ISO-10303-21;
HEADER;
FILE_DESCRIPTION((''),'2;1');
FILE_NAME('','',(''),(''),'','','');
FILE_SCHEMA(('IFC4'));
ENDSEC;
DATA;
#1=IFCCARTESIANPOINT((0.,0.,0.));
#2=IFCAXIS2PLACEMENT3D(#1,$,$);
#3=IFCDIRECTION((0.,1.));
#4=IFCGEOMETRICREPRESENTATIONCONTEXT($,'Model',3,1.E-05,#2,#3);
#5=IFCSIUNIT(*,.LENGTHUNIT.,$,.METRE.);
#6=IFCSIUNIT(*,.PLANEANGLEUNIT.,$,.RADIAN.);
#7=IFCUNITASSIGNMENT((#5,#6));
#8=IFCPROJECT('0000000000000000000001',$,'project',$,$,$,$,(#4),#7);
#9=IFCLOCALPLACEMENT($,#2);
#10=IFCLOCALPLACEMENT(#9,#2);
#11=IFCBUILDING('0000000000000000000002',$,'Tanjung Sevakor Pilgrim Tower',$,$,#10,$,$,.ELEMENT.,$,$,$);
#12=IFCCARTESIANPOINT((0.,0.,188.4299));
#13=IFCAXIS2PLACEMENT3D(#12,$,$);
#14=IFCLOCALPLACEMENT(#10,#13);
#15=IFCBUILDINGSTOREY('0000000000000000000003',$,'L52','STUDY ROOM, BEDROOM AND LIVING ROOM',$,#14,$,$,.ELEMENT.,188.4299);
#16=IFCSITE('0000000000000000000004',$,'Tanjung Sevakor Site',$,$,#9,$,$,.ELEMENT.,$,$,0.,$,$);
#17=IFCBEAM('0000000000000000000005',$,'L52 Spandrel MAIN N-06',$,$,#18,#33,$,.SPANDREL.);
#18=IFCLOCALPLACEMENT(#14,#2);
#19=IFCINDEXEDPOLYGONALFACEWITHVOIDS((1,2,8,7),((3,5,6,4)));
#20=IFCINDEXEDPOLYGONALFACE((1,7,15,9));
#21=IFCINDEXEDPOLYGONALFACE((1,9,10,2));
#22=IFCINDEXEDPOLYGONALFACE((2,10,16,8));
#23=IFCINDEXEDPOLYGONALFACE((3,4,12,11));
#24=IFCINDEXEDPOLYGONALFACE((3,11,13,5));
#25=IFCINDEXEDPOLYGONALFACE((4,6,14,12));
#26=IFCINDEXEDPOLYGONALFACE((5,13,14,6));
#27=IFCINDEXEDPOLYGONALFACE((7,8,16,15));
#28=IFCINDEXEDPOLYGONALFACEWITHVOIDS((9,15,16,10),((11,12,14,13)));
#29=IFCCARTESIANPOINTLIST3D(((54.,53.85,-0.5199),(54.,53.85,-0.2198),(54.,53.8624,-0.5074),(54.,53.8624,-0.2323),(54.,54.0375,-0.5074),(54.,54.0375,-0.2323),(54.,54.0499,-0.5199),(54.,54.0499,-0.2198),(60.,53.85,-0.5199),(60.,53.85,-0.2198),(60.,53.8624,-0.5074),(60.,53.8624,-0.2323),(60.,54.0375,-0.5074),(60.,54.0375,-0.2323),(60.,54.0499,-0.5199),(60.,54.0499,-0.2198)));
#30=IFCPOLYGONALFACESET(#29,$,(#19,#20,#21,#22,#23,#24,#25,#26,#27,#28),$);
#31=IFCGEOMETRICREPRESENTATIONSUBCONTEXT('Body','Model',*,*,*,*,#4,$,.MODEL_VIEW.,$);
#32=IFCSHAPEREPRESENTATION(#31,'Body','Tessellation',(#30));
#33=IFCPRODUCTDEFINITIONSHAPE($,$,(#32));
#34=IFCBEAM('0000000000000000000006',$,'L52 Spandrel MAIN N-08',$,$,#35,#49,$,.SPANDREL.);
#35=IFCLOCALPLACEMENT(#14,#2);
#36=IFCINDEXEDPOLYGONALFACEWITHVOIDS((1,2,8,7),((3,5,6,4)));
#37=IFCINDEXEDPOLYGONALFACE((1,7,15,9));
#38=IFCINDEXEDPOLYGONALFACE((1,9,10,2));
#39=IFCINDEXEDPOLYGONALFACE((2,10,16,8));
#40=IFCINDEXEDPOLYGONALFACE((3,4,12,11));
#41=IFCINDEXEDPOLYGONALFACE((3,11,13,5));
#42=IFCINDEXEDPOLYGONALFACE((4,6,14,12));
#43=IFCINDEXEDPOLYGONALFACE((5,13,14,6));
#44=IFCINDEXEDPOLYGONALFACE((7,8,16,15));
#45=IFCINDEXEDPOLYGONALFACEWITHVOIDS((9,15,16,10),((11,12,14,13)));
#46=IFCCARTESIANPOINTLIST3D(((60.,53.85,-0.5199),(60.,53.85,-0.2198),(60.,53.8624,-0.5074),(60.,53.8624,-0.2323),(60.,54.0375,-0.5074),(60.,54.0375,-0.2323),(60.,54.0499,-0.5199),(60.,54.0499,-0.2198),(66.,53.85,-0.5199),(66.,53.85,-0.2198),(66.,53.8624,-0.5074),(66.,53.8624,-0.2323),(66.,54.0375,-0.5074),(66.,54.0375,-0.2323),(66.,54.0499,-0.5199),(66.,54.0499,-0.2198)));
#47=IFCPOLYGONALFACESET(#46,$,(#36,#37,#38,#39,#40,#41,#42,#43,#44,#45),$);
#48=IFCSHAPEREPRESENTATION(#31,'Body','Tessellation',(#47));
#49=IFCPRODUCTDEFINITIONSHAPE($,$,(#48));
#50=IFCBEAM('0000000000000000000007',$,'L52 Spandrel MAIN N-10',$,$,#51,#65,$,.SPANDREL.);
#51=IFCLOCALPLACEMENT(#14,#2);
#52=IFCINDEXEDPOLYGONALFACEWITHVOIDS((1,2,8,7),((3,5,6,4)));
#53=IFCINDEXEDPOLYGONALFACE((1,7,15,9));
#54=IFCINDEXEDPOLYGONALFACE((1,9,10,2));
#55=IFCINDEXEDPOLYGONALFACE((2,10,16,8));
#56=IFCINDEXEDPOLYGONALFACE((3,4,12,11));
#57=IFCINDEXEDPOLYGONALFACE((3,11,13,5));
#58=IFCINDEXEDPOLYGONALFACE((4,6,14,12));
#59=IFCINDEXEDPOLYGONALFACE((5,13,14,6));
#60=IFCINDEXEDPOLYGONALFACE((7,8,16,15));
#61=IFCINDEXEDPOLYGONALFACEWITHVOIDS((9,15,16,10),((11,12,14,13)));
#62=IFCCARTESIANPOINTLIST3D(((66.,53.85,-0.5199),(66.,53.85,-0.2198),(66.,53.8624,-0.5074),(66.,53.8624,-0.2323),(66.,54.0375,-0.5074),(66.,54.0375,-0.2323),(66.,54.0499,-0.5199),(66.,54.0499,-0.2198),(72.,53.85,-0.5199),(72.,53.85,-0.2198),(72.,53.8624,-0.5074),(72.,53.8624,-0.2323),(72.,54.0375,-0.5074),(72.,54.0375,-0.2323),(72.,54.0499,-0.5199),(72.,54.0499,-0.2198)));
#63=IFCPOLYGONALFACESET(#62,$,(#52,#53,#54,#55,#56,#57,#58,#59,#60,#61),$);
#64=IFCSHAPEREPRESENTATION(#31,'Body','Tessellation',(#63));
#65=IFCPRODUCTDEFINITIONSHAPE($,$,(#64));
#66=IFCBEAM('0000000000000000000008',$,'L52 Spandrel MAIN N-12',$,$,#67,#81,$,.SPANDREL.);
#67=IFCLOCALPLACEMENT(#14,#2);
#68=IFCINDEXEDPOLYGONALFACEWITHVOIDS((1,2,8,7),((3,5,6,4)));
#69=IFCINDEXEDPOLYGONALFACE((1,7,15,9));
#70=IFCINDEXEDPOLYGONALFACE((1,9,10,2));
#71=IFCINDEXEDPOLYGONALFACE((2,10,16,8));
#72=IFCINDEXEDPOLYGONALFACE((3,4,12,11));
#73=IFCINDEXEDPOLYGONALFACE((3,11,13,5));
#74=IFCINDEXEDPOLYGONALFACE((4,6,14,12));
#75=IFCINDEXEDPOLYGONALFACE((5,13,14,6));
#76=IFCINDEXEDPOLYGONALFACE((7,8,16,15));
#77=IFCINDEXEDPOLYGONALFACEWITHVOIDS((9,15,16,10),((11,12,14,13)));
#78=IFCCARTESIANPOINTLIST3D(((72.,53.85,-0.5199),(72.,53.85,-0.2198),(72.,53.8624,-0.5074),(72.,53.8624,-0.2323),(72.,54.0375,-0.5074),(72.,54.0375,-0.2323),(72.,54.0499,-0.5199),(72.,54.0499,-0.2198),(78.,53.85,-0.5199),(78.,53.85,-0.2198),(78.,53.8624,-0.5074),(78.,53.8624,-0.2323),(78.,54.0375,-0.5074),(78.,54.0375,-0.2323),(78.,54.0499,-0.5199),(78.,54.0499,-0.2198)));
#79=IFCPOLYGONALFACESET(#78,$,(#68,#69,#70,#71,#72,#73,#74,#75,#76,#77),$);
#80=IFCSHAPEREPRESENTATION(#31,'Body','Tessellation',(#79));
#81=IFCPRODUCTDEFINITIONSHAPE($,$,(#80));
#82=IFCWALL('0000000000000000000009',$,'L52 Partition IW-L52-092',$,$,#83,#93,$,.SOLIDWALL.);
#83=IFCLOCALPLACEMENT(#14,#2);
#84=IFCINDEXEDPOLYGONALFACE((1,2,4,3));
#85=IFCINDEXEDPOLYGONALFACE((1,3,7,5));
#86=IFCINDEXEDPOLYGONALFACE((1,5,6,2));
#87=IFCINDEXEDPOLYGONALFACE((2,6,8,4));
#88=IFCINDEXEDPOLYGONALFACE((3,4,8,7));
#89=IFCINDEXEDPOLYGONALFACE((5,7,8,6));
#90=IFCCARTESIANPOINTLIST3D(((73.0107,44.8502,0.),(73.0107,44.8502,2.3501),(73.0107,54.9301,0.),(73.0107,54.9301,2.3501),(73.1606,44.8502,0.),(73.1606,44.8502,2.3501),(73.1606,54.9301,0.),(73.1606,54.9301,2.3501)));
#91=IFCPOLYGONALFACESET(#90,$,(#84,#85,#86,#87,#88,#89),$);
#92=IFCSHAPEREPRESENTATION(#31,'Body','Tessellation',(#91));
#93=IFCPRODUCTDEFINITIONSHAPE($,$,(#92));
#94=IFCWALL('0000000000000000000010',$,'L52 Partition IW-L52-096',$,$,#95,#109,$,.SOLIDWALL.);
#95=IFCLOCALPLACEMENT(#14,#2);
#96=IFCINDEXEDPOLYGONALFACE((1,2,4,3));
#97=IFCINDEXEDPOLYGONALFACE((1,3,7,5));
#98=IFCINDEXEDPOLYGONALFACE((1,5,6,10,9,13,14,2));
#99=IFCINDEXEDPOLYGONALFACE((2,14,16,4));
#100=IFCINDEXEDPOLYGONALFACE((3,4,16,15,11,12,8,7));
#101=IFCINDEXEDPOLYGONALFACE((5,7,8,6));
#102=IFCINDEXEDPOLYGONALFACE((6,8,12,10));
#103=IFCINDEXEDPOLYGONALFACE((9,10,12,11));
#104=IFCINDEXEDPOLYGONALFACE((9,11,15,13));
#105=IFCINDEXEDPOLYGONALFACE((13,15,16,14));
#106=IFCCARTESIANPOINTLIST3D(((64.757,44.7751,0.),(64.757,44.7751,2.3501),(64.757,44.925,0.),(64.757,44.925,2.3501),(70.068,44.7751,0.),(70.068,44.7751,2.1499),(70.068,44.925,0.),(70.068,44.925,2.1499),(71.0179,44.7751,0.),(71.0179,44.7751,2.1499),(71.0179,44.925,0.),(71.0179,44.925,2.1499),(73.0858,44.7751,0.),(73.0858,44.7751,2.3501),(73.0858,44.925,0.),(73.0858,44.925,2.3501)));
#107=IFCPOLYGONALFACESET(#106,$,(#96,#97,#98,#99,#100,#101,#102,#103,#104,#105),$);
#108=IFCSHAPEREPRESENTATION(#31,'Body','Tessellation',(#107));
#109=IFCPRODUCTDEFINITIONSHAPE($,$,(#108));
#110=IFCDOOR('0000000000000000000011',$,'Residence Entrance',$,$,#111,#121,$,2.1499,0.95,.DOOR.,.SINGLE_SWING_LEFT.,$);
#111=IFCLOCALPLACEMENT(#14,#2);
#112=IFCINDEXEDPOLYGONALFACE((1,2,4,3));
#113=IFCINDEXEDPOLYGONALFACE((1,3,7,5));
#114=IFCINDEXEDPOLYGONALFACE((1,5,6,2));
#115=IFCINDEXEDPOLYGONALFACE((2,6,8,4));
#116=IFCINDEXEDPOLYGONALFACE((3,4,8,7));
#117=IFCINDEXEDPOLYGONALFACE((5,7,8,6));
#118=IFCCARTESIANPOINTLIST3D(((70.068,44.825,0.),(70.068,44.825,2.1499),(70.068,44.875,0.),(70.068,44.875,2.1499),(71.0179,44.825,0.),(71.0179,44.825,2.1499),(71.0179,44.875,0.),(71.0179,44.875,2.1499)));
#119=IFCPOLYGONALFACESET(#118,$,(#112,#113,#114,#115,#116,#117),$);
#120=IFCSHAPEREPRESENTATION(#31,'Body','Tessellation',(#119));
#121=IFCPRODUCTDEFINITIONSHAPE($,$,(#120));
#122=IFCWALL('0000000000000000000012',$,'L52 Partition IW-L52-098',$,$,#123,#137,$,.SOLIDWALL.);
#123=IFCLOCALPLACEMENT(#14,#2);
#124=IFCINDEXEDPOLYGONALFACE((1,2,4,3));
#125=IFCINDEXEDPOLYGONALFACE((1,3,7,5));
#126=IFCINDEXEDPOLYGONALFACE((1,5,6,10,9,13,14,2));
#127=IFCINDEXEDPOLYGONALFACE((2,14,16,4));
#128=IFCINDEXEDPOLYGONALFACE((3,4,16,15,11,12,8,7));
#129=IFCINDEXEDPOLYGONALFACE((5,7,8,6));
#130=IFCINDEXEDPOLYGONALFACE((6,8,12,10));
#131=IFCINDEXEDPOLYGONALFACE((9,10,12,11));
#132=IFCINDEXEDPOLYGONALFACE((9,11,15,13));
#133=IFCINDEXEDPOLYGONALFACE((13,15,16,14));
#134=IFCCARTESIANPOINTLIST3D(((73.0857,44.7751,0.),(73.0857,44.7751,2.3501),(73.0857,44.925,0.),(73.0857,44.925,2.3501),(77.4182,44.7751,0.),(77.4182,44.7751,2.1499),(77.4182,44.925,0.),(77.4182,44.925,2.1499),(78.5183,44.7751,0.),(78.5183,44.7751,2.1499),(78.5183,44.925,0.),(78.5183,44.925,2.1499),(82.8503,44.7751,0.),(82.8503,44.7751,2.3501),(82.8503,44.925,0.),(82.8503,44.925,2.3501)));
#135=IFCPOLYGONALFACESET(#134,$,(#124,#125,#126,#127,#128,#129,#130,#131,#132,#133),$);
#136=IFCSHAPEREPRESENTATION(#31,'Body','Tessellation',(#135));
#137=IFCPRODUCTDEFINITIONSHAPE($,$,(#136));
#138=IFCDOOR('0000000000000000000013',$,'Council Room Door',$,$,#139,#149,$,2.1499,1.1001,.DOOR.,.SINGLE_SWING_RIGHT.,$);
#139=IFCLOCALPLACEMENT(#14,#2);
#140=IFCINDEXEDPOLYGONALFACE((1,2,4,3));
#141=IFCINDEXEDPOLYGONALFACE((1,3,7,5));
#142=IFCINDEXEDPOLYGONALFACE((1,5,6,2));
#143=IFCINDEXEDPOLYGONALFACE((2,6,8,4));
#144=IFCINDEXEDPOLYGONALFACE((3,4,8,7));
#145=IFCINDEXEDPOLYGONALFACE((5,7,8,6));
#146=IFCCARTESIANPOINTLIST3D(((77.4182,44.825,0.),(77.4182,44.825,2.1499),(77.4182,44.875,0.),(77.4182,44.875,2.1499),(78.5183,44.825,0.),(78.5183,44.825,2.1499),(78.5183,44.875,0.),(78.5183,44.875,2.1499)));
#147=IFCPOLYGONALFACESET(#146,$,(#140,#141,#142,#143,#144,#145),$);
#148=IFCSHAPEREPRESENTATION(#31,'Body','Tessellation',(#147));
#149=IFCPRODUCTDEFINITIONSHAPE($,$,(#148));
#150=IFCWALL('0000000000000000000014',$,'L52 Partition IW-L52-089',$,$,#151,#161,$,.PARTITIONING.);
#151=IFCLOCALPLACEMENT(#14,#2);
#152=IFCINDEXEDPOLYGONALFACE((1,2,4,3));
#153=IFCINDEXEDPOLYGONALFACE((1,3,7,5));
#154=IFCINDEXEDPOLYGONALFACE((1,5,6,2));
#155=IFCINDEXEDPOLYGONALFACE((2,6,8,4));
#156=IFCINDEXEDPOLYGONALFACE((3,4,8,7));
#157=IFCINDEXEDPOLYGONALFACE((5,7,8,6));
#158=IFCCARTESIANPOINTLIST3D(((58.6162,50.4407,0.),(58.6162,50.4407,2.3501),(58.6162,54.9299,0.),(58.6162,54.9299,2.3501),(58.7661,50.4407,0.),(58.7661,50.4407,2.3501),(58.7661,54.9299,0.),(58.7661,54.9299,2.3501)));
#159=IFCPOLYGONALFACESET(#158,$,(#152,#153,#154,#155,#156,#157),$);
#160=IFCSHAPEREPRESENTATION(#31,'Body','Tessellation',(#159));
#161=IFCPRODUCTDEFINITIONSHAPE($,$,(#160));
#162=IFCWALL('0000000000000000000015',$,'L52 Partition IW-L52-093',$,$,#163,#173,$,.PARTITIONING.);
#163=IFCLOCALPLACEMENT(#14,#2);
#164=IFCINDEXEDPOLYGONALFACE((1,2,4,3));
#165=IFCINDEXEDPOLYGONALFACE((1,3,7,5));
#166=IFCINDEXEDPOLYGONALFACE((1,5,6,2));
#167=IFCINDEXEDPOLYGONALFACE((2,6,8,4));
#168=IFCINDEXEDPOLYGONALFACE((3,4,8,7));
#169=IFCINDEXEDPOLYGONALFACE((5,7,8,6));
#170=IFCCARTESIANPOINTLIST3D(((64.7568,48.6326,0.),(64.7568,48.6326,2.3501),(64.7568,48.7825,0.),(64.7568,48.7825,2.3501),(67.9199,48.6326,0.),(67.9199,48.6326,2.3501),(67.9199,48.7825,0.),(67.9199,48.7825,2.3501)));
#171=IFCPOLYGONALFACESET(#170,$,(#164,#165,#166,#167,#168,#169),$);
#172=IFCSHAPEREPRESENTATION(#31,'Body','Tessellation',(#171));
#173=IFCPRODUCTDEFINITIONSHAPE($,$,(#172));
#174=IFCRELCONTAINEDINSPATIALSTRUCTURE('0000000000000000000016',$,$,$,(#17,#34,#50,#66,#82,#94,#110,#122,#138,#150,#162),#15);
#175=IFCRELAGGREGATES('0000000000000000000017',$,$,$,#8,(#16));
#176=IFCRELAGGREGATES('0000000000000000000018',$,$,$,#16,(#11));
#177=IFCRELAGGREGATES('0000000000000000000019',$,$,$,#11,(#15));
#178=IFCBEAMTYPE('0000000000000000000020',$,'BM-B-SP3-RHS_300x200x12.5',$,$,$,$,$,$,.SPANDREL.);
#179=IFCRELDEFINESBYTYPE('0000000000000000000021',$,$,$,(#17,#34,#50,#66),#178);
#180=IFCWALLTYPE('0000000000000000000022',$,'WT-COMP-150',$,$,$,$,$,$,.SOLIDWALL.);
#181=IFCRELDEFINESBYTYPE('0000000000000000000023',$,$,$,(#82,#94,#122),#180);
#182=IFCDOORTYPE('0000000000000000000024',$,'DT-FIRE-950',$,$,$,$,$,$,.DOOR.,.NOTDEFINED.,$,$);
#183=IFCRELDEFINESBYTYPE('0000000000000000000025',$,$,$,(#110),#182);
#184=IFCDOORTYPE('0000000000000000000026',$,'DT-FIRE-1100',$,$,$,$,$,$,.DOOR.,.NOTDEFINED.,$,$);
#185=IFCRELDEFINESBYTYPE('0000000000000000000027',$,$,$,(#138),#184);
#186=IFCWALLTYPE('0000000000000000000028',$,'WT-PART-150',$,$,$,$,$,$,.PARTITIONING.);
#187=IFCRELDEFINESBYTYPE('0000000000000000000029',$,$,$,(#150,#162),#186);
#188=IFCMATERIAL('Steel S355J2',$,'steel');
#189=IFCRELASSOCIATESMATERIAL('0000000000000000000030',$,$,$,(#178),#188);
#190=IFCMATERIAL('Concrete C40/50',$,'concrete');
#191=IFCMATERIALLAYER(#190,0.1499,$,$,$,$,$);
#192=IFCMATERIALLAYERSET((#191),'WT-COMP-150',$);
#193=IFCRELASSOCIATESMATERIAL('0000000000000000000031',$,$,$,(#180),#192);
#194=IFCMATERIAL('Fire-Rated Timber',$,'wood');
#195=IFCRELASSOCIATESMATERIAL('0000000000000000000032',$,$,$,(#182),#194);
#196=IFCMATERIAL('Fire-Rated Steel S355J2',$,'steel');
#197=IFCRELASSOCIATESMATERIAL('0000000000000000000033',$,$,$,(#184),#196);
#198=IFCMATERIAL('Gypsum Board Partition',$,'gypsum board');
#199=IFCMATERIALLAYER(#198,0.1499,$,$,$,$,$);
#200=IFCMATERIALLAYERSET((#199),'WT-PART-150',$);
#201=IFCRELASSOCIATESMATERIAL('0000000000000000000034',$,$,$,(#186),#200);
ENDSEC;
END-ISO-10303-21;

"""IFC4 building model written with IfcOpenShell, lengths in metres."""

from ifc_helpers import new_model, si_unit, direction, frame, frame_2d, origin, origin_2d, place, context, subcontext, project, spatial, rectangle, hollow_rectangle, extrude, material, layer, layer_set, material_profile, profile_set, type_object, element, fill, save


model = new_model("IFC4")

# Units and contexts
model_context = context("Model", 3, precision=1e-05, world=origin(), true_north=direction((0.0, 1.0)))
body_context = subcontext(model_context, "Body", "Model", "MODEL_VIEW")
ifc_project = project(units=[si_unit("LENGTHUNIT", "METRE"), si_unit("PLANEANGLEUNIT", "RADIAN")], contexts=[model_context])

# Site, building, storey
site_placement = place(None, origin())
site = spatial("IfcSite", under=ifc_project, at=site_placement, Name="Tanjung Sevakor Site", CompositionType="ELEMENT", RefElevation=0.0)
building_placement = place(site_placement, origin())
building = spatial("IfcBuilding", under=site, at=building_placement, Name="Tanjung Sevakor Pilgrim Tower", CompositionType="ELEMENT")
storey_placement = place(building_placement, frame((0.0, 0.0, 188.4299)))
storey = spatial("IfcBuildingStorey", under=building, at=storey_placement, Name="L52", Description="STUDY ROOM, BEDROOM AND LIVING ROOM", CompositionType="ELEMENT", Elevation=188.4299)

# Beams
ifc_material_1 = material(Name="Steel S355J2", Category="steel")
ifc_material_profile_1 = material_profile(ifc_material_1, hollow_rectangle(XDim=0.2, YDim=0.3, WallThickness=0.0125, at=origin_2d()))
ifc_profile_set_1 = profile_set([ifc_material_profile_1], Name="Steel S355J2")
beam_type_1 = type_object("IfcBeamType", Name="BM-B-SP3-RHS_300x200x12.5", PredefinedType="SPANDREL", material=ifc_profile_set_1)
for number, where, z_axis, x_axis, name in (
    (1, (54.0, 53.95, -0.3699), (1.0, 0.0, 0.0), (0.0, 1.0, 0.0), "L52 Spandrel MAIN N-06"),
    (2, (60.0, 53.95, -0.3699), (1.0, 0.0, 0.0), (0.0, 1.0, 0.0), "L52 Spandrel MAIN N-08"),
    (3, (66.0, 53.95, -0.3699), (1.0, 0.0, 0.0), (0.0, 1.0, 0.0), "L52 Spandrel MAIN N-10"),
    (4, (72.0, 53.95, -0.3699), (1.0, 0.0, 0.0), (0.0, 1.0, 0.0), "L52 Spandrel MAIN N-12"),
):
    element("IfcBeam", number, at=place(storey_placement, frame(where, z_axis=z_axis, x_axis=x_axis)), inside=storey, type_object=beam_type_1, Name=name, PredefinedType="SPANDREL", context=body_context, shape_type="SweptSolid", body=[
        extrude(hollow_rectangle(XDim=0.2, YDim=0.3, WallThickness=0.0125, at=origin_2d()), origin(), (0.0, 0.0, 1.0), 6.0),
    ])

# Wall
ifc_material_2 = material(Name="Concrete C40/50", Category="concrete")
ifc_layer_1 = layer(ifc_material_2, 0.1499)
ifc_layer_set_1 = layer_set([ifc_layer_1], Name="WT-COMP-150")
wall_type_1 = type_object("IfcWallType", Name="WT-COMP-150", PredefinedType="SOLIDWALL", material=ifc_layer_set_1)
wall_1_placement = place(storey_placement, frame((73.0857, 44.8501, 0.0), z_axis=(0.0, 0.0, 1.0), x_axis=(0.0, 1.0, 0.0)))
element("IfcWall", 5, at=wall_1_placement, inside=storey, type_object=wall_type_1, Name="L52 Partition IW-L52-092", PredefinedType="SOLIDWALL", context=body_context, shape_type="SweptSolid", body=[
    extrude(rectangle(XDim=10.0798, YDim=0.1499, at=frame_2d((5.04, 0.0))), origin(), (0.0, 0.0, 1.0), 2.3501),
])

# Walls, openings, doors
wall_2_placement = place(storey_placement, frame((64.7568, 44.8501, 0.0), z_axis=(0.0, 0.0, 1.0), x_axis=(1.0, 0.0, 0.0)))
wall_2 = element("IfcWall", 6, at=wall_2_placement, inside=storey, type_object=wall_type_1, Name="L52 Partition IW-L52-096", PredefinedType="SOLIDWALL", context=body_context, shape_type="SweptSolid", body=[
    extrude(rectangle(XDim=8.3289, YDim=0.1499, at=frame_2d((4.1646, 0.0))), origin(), (0.0, 0.0, 1.0), 2.3501),
])
opening_1_placement = place(wall_2_placement, frame((5.311, 0.0, 0.0)))
opening_1 = element("IfcOpeningElement", 7, at=opening_1_placement, cuts=wall_2, PredefinedType="OPENING", context=body_context, shape_type="SweptSolid", body=[
    extrude(rectangle(XDim=0.95, YDim=2.1499, at=frame_2d((0.4751, 1.075))), frame((0.0, 0.085, 0.0), z_axis=(0.0, -1.0, 0.0), x_axis=(1.0, 0.0, 0.0)), (0.0, 0.0, 1.0), 0.1699),
])
ifc_material_3 = material(Name="Fire-Rated Timber", Category="wood")
door_type_1 = type_object("IfcDoorType", Name="DT-FIRE-950", OperationType="NOTDEFINED", PredefinedType="DOOR", material=ifc_material_3)
door_1_placement = place(opening_1_placement, origin())
door_1 = element("IfcDoor", 8, at=door_1_placement, inside=storey, type_object=door_type_1, Name="Residence Entrance", OperationType="SINGLE_SWING_LEFT", OverallHeight=2.1499, OverallWidth=0.95, PredefinedType="DOOR", context=body_context, shape_type="SweptSolid", body=[
    extrude(rectangle(XDim=0.95, YDim=2.1499, at=frame_2d((0.4751, 1.075))), frame((0.0, 0.0249, 0.0), z_axis=(0.0, -1.0, 0.0), x_axis=(1.0, 0.0, 0.0)), (0.0, 0.0, 1.0), 0.05),
])
fill(opening_1, door_1)
wall_3_placement = place(storey_placement, frame((73.0857, 44.8501, 0.0), z_axis=(0.0, 0.0, 1.0), x_axis=(1.0, 0.0, 0.0)))
wall_3 = element("IfcWall", 9, at=wall_3_placement, inside=storey, type_object=wall_type_1, Name="L52 Partition IW-L52-098", PredefinedType="SOLIDWALL", context=body_context, shape_type="SweptSolid", body=[
    extrude(rectangle(XDim=9.7646, YDim=0.1499, at=frame_2d((4.8823, 0.0))), origin(), (0.0, 0.0, 1.0), 2.3501),
])
opening_2_placement = place(wall_3_placement, frame((4.3325, 0.0, 0.0)))
opening_2 = element("IfcOpeningElement", 10, at=opening_2_placement, cuts=wall_3, PredefinedType="OPENING", context=body_context, shape_type="SweptSolid", body=[
    extrude(rectangle(XDim=1.1001, YDim=2.1499, at=frame_2d((0.55, 1.075))), frame((0.0, 0.085, 0.0), z_axis=(0.0, -1.0, 0.0), x_axis=(1.0, 0.0, 0.0)), (0.0, 0.0, 1.0), 0.1699),
])
ifc_material_4 = material(Name="Fire-Rated Steel S355J2", Category="steel")
door_type_2 = type_object("IfcDoorType", Name="DT-FIRE-1100", OperationType="NOTDEFINED", PredefinedType="DOOR", material=ifc_material_4)
door_2_placement = place(opening_2_placement, origin())
door_2 = element("IfcDoor", 11, at=door_2_placement, inside=storey, type_object=door_type_2, Name="Council Room Door", OperationType="SINGLE_SWING_RIGHT", OverallHeight=2.1499, OverallWidth=1.1001, PredefinedType="DOOR", context=body_context, shape_type="SweptSolid", body=[
    extrude(rectangle(XDim=1.1001, YDim=2.1499, at=frame_2d((0.55, 1.075))), frame((0.0, 0.0249, 0.0), z_axis=(0.0, -1.0, 0.0), x_axis=(1.0, 0.0, 0.0)), (0.0, 0.0, 1.0), 0.05),
])
fill(opening_2, door_2)

# Walls
ifc_material_5 = material(Name="Gypsum Board Partition", Category="gypsum board")
ifc_layer_2 = layer(ifc_material_5, 0.1499)
ifc_layer_set_2 = layer_set([ifc_layer_2], Name="WT-PART-150")
wall_type_2 = type_object("IfcWallType", Name="WT-PART-150", PredefinedType="PARTITIONING", material=ifc_layer_set_2)
wall_4_placement = place(storey_placement, frame((58.6912, 50.4407, 0.0), z_axis=(0.0, 0.0, 1.0), x_axis=(0.0, 1.0, 0.0)))
element("IfcWall", 12, at=wall_4_placement, inside=storey, type_object=wall_type_2, Name="L52 Partition IW-L52-089", PredefinedType="PARTITIONING", context=body_context, shape_type="SweptSolid", body=[
    extrude(rectangle(XDim=4.4893, YDim=0.1499, at=frame_2d((2.2446, 0.0))), origin(), (0.0, 0.0, 1.0), 2.3501),
])
wall_5_placement = place(storey_placement, frame((64.7568, 48.7075, 0.0), z_axis=(0.0, 0.0, 1.0), x_axis=(1.0, 0.0, 0.0)))
element("IfcWall", 13, at=wall_5_placement, inside=storey, type_object=wall_type_2, Name="L52 Partition IW-L52-093", PredefinedType="PARTITIONING", context=body_context, shape_type="SweptSolid", body=[
    extrude(rectangle(XDim=3.1631, YDim=0.1499, at=frame_2d((1.5815, 0.0))), origin(), (0.0, 0.0, 1.0), 2.3501),
])

save(model, "model.ifc")
